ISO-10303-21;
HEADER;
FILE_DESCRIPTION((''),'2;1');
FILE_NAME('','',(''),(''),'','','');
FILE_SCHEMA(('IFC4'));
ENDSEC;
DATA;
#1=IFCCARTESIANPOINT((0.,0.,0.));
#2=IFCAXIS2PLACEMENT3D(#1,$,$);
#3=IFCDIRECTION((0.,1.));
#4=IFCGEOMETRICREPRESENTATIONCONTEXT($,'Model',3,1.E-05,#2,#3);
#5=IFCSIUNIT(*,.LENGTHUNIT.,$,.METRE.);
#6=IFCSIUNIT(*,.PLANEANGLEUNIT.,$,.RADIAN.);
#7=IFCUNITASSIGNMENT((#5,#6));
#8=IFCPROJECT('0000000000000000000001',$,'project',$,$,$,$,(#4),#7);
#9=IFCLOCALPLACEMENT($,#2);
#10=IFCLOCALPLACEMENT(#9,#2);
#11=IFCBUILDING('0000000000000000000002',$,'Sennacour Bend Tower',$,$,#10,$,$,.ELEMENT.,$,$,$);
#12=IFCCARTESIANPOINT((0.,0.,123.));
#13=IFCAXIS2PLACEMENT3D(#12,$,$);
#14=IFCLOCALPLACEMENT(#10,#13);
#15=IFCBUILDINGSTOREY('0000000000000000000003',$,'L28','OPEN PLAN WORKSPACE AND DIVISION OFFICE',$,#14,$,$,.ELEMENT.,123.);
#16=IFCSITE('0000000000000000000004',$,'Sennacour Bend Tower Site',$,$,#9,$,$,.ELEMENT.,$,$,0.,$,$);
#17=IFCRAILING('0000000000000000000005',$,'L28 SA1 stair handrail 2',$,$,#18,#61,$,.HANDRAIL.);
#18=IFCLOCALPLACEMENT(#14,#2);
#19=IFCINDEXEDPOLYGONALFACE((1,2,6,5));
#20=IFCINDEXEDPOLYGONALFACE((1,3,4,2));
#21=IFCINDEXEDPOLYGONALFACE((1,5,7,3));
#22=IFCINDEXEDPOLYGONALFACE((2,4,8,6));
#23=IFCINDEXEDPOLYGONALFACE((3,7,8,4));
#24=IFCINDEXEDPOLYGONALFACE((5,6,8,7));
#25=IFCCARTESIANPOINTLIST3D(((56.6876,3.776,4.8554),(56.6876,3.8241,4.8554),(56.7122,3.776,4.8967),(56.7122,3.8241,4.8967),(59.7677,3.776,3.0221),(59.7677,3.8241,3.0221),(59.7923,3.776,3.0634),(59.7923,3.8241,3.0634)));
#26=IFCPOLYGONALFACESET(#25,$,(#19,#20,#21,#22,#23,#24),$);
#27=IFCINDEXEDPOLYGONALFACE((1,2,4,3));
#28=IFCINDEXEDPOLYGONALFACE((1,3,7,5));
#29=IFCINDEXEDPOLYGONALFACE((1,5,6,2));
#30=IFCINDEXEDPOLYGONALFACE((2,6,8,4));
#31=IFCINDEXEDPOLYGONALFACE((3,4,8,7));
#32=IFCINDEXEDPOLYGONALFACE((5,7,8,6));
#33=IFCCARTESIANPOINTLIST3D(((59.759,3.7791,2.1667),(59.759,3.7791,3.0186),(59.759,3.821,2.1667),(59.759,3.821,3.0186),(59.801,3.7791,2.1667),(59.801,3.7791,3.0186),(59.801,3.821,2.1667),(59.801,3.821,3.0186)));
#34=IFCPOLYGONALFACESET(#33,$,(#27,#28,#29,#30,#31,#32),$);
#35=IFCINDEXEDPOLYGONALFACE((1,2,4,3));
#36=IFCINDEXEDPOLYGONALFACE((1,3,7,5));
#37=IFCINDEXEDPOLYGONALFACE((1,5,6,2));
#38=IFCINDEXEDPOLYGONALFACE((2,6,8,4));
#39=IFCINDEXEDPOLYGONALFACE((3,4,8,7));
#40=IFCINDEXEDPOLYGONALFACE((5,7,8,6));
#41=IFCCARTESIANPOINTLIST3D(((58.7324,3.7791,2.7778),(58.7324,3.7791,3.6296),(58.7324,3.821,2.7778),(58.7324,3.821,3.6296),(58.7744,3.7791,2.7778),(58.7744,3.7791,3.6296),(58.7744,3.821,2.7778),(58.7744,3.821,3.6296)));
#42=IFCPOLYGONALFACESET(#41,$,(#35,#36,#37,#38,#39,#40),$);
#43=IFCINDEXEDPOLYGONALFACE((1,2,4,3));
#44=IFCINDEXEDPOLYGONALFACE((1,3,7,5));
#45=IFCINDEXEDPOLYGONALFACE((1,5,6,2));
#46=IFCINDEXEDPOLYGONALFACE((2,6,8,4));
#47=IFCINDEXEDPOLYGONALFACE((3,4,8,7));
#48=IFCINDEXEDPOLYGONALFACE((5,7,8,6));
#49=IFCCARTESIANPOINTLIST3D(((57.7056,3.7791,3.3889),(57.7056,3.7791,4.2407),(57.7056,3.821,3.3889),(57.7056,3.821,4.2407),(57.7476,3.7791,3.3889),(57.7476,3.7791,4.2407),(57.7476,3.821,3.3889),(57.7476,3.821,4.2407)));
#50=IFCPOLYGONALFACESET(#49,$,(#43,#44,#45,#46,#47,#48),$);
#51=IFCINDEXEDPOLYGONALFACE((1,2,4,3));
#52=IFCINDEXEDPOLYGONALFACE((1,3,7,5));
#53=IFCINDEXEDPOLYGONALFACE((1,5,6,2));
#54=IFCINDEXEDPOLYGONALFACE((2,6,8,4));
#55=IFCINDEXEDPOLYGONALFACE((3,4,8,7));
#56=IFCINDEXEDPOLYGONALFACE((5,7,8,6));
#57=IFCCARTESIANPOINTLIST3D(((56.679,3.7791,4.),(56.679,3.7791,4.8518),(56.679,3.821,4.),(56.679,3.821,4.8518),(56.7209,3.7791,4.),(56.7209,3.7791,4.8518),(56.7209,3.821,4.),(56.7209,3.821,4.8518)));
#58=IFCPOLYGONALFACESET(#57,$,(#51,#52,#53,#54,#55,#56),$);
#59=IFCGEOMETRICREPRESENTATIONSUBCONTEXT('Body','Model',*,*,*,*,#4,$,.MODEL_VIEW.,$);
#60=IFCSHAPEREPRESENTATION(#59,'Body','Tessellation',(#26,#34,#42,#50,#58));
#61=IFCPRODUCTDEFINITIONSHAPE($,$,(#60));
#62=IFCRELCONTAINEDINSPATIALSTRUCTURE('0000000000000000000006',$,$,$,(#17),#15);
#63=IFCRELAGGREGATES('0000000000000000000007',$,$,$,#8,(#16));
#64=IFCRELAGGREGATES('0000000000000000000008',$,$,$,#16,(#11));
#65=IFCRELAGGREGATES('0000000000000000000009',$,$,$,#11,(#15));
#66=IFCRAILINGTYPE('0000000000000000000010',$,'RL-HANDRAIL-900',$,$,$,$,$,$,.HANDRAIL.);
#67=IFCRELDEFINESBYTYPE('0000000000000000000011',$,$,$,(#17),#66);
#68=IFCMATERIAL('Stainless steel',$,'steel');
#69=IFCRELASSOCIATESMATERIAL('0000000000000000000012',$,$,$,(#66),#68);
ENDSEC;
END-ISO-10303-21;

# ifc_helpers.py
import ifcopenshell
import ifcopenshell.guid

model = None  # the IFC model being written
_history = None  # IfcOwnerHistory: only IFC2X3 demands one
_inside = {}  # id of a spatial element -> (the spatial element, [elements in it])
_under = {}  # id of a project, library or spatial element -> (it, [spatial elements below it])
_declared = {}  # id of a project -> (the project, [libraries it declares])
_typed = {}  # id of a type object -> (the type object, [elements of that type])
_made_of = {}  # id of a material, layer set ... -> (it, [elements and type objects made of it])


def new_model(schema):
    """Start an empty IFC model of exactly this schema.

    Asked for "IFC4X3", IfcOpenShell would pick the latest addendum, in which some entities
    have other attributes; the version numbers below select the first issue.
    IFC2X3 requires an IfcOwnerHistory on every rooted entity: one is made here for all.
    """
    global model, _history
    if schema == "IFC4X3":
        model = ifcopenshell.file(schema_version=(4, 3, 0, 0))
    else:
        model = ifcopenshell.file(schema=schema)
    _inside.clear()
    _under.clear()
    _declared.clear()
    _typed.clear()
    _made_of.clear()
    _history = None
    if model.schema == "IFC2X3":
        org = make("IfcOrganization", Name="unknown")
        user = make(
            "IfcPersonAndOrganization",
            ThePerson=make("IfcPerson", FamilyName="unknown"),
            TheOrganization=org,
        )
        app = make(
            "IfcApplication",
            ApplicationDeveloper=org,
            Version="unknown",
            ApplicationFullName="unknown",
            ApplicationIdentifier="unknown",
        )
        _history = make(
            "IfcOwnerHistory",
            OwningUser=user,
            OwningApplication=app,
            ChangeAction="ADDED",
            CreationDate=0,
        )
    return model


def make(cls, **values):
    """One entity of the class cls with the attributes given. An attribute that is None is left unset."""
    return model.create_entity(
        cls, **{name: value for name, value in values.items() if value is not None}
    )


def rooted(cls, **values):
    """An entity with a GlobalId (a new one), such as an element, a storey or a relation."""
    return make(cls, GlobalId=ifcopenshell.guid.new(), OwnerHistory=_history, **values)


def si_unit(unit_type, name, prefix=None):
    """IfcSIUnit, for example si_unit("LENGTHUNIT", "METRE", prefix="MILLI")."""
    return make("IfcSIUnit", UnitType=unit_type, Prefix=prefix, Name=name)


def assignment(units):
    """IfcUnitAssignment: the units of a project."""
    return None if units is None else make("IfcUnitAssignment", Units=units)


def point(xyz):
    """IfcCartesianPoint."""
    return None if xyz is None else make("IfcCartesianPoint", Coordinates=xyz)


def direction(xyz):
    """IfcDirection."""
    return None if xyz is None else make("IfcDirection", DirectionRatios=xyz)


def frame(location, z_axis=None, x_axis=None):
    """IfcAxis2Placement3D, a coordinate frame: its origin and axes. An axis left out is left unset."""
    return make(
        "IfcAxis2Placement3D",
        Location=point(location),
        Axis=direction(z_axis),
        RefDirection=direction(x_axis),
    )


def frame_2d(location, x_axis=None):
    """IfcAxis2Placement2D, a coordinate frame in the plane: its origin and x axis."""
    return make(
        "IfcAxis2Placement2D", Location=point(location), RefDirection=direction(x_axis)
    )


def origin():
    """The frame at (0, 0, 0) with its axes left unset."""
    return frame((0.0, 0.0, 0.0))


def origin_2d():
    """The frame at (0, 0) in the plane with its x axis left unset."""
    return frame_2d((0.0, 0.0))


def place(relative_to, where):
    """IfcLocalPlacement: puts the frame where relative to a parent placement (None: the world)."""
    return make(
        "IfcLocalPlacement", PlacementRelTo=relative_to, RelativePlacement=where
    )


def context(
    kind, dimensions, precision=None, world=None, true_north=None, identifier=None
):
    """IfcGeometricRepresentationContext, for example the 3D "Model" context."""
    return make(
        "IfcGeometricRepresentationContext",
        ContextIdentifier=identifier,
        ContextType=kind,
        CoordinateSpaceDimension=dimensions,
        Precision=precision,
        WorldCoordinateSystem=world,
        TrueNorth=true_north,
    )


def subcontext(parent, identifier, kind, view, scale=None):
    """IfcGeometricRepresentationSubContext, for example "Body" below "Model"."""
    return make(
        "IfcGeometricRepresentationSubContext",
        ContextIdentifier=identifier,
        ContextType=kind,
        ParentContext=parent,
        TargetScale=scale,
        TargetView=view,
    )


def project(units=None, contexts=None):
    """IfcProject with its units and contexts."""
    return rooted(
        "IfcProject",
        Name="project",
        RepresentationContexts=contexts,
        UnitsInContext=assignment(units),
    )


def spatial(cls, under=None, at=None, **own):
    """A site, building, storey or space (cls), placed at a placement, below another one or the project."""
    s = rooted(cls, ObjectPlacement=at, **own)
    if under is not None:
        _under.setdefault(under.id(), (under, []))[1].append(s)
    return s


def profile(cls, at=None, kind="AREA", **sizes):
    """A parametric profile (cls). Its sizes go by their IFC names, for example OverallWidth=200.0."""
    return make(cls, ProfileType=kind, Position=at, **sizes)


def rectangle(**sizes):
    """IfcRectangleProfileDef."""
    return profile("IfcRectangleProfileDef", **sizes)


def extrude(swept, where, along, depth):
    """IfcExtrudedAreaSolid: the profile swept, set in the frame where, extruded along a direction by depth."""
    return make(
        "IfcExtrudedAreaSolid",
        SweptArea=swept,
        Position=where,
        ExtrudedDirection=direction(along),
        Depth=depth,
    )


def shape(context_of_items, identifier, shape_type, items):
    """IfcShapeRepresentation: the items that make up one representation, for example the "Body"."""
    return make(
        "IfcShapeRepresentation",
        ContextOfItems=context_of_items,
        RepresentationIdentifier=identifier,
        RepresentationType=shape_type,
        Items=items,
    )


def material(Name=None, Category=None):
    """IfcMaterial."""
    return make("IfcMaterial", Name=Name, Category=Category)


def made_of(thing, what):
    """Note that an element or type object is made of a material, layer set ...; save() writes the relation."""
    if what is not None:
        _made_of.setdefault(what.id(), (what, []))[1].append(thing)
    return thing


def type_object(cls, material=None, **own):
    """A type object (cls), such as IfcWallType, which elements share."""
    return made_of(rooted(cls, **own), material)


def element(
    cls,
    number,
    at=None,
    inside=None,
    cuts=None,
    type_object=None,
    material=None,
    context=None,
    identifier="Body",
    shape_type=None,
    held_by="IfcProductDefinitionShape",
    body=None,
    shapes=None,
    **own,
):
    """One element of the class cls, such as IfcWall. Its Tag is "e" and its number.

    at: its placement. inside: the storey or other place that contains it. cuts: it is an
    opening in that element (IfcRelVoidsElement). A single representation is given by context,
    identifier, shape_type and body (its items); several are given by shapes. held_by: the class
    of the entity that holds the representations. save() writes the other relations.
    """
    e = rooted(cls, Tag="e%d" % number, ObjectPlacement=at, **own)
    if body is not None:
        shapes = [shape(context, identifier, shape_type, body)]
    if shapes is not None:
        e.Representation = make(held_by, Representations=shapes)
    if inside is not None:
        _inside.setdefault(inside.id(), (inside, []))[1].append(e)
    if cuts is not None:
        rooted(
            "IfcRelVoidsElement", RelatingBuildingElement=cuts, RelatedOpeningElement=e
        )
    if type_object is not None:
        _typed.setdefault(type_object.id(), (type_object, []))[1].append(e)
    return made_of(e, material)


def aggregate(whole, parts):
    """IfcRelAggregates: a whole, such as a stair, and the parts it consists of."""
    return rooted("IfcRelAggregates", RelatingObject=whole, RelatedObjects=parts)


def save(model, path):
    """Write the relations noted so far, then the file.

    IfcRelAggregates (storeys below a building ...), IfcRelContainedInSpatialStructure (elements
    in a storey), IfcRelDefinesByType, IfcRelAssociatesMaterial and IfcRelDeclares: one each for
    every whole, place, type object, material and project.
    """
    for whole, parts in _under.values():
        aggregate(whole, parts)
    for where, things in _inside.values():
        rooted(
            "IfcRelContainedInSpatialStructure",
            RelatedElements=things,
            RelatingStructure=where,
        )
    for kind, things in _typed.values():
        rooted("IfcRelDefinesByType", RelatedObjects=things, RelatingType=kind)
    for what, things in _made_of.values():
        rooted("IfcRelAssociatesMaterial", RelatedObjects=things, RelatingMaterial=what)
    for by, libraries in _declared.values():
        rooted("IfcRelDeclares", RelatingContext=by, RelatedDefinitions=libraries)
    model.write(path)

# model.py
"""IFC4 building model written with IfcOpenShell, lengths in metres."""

from ifc_helpers import new_model, si_unit, direction, frame, origin, origin_2d, place, context, subcontext, project, spatial, rectangle, extrude, material, type_object, element, save


model = new_model("IFC4")

# Units and contexts
model_context = context("Model", 3, precision=1e-05, world=origin(), true_north=direction((0.0, 1.0)))
body_context = subcontext(model_context, "Body", "Model", "MODEL_VIEW")
ifc_project = project(units=[si_unit("LENGTHUNIT", "METRE"), si_unit("PLANEANGLEUNIT", "RADIAN")], contexts=[model_context])

# Site, building, storey
site_placement = place(None, origin())
site = spatial("IfcSite", under=ifc_project, at=site_placement, Name="Sennacour Bend Tower Site", CompositionType="ELEMENT", RefElevation=0.0)
building_placement = place(site_placement, origin())
building = spatial("IfcBuilding", under=site, at=building_placement, Name="Sennacour Bend Tower", CompositionType="ELEMENT")
storey_placement = place(building_placement, frame((0.0, 0.0, 123.0)))
storey = spatial("IfcBuildingStorey", under=building, at=storey_placement, Name="L28", Description="OPEN PLAN WORKSPACE AND DIVISION OFFICE", CompositionType="ELEMENT", Elevation=123.0)

# Shared definitions
ifc_material_1 = material(Name="Stainless steel", Category="steel")

# Railing
railing_type_1 = type_object("IfcRailingType", Name="RL-HANDRAIL-900", PredefinedType="HANDRAIL", material=ifc_material_1)
railing_1_placement = place(storey_placement, frame((59.78, 3.8, 2.1667)))
element("IfcRailing", 1, at=railing_1_placement, inside=storey, type_object=railing_type_1, Name="L28 SA1 stair handrail 2", PredefinedType="HANDRAIL", context=body_context, shape_type="SweptSolid", body=[
    extrude(rectangle(XDim=0.0481, YDim=0.0481, at=origin_2d()), frame((0.0, 0.0, 0.876), z_axis=(-0.859309, 0.0, 0.511458), x_axis=(0.0, -1.0, 0.0)), (0.0, 0.0, 1.0), 3.5845),
    extrude(rectangle(XDim=0.042, YDim=0.042, at=origin_2d()), origin(), (0.0, 0.0, 1.0), 0.8518),
    extrude(rectangle(XDim=0.042, YDim=0.042, at=origin_2d()), frame((-1.0266, 0.0, 0.6111)), (0.0, 0.0, 1.0), 0.8518),
    extrude(rectangle(XDim=0.042, YDim=0.042, at=origin_2d()), frame((-2.0535, 0.0, 1.2222)), (0.0, 0.0, 1.0), 0.8518),
    extrude(rectangle(XDim=0.042, YDim=0.042, at=origin_2d()), frame((-3.0801, 0.0, 1.8333)), (0.0, 0.0, 1.0), 0.8518),
])

save(model, "model.ifc")
